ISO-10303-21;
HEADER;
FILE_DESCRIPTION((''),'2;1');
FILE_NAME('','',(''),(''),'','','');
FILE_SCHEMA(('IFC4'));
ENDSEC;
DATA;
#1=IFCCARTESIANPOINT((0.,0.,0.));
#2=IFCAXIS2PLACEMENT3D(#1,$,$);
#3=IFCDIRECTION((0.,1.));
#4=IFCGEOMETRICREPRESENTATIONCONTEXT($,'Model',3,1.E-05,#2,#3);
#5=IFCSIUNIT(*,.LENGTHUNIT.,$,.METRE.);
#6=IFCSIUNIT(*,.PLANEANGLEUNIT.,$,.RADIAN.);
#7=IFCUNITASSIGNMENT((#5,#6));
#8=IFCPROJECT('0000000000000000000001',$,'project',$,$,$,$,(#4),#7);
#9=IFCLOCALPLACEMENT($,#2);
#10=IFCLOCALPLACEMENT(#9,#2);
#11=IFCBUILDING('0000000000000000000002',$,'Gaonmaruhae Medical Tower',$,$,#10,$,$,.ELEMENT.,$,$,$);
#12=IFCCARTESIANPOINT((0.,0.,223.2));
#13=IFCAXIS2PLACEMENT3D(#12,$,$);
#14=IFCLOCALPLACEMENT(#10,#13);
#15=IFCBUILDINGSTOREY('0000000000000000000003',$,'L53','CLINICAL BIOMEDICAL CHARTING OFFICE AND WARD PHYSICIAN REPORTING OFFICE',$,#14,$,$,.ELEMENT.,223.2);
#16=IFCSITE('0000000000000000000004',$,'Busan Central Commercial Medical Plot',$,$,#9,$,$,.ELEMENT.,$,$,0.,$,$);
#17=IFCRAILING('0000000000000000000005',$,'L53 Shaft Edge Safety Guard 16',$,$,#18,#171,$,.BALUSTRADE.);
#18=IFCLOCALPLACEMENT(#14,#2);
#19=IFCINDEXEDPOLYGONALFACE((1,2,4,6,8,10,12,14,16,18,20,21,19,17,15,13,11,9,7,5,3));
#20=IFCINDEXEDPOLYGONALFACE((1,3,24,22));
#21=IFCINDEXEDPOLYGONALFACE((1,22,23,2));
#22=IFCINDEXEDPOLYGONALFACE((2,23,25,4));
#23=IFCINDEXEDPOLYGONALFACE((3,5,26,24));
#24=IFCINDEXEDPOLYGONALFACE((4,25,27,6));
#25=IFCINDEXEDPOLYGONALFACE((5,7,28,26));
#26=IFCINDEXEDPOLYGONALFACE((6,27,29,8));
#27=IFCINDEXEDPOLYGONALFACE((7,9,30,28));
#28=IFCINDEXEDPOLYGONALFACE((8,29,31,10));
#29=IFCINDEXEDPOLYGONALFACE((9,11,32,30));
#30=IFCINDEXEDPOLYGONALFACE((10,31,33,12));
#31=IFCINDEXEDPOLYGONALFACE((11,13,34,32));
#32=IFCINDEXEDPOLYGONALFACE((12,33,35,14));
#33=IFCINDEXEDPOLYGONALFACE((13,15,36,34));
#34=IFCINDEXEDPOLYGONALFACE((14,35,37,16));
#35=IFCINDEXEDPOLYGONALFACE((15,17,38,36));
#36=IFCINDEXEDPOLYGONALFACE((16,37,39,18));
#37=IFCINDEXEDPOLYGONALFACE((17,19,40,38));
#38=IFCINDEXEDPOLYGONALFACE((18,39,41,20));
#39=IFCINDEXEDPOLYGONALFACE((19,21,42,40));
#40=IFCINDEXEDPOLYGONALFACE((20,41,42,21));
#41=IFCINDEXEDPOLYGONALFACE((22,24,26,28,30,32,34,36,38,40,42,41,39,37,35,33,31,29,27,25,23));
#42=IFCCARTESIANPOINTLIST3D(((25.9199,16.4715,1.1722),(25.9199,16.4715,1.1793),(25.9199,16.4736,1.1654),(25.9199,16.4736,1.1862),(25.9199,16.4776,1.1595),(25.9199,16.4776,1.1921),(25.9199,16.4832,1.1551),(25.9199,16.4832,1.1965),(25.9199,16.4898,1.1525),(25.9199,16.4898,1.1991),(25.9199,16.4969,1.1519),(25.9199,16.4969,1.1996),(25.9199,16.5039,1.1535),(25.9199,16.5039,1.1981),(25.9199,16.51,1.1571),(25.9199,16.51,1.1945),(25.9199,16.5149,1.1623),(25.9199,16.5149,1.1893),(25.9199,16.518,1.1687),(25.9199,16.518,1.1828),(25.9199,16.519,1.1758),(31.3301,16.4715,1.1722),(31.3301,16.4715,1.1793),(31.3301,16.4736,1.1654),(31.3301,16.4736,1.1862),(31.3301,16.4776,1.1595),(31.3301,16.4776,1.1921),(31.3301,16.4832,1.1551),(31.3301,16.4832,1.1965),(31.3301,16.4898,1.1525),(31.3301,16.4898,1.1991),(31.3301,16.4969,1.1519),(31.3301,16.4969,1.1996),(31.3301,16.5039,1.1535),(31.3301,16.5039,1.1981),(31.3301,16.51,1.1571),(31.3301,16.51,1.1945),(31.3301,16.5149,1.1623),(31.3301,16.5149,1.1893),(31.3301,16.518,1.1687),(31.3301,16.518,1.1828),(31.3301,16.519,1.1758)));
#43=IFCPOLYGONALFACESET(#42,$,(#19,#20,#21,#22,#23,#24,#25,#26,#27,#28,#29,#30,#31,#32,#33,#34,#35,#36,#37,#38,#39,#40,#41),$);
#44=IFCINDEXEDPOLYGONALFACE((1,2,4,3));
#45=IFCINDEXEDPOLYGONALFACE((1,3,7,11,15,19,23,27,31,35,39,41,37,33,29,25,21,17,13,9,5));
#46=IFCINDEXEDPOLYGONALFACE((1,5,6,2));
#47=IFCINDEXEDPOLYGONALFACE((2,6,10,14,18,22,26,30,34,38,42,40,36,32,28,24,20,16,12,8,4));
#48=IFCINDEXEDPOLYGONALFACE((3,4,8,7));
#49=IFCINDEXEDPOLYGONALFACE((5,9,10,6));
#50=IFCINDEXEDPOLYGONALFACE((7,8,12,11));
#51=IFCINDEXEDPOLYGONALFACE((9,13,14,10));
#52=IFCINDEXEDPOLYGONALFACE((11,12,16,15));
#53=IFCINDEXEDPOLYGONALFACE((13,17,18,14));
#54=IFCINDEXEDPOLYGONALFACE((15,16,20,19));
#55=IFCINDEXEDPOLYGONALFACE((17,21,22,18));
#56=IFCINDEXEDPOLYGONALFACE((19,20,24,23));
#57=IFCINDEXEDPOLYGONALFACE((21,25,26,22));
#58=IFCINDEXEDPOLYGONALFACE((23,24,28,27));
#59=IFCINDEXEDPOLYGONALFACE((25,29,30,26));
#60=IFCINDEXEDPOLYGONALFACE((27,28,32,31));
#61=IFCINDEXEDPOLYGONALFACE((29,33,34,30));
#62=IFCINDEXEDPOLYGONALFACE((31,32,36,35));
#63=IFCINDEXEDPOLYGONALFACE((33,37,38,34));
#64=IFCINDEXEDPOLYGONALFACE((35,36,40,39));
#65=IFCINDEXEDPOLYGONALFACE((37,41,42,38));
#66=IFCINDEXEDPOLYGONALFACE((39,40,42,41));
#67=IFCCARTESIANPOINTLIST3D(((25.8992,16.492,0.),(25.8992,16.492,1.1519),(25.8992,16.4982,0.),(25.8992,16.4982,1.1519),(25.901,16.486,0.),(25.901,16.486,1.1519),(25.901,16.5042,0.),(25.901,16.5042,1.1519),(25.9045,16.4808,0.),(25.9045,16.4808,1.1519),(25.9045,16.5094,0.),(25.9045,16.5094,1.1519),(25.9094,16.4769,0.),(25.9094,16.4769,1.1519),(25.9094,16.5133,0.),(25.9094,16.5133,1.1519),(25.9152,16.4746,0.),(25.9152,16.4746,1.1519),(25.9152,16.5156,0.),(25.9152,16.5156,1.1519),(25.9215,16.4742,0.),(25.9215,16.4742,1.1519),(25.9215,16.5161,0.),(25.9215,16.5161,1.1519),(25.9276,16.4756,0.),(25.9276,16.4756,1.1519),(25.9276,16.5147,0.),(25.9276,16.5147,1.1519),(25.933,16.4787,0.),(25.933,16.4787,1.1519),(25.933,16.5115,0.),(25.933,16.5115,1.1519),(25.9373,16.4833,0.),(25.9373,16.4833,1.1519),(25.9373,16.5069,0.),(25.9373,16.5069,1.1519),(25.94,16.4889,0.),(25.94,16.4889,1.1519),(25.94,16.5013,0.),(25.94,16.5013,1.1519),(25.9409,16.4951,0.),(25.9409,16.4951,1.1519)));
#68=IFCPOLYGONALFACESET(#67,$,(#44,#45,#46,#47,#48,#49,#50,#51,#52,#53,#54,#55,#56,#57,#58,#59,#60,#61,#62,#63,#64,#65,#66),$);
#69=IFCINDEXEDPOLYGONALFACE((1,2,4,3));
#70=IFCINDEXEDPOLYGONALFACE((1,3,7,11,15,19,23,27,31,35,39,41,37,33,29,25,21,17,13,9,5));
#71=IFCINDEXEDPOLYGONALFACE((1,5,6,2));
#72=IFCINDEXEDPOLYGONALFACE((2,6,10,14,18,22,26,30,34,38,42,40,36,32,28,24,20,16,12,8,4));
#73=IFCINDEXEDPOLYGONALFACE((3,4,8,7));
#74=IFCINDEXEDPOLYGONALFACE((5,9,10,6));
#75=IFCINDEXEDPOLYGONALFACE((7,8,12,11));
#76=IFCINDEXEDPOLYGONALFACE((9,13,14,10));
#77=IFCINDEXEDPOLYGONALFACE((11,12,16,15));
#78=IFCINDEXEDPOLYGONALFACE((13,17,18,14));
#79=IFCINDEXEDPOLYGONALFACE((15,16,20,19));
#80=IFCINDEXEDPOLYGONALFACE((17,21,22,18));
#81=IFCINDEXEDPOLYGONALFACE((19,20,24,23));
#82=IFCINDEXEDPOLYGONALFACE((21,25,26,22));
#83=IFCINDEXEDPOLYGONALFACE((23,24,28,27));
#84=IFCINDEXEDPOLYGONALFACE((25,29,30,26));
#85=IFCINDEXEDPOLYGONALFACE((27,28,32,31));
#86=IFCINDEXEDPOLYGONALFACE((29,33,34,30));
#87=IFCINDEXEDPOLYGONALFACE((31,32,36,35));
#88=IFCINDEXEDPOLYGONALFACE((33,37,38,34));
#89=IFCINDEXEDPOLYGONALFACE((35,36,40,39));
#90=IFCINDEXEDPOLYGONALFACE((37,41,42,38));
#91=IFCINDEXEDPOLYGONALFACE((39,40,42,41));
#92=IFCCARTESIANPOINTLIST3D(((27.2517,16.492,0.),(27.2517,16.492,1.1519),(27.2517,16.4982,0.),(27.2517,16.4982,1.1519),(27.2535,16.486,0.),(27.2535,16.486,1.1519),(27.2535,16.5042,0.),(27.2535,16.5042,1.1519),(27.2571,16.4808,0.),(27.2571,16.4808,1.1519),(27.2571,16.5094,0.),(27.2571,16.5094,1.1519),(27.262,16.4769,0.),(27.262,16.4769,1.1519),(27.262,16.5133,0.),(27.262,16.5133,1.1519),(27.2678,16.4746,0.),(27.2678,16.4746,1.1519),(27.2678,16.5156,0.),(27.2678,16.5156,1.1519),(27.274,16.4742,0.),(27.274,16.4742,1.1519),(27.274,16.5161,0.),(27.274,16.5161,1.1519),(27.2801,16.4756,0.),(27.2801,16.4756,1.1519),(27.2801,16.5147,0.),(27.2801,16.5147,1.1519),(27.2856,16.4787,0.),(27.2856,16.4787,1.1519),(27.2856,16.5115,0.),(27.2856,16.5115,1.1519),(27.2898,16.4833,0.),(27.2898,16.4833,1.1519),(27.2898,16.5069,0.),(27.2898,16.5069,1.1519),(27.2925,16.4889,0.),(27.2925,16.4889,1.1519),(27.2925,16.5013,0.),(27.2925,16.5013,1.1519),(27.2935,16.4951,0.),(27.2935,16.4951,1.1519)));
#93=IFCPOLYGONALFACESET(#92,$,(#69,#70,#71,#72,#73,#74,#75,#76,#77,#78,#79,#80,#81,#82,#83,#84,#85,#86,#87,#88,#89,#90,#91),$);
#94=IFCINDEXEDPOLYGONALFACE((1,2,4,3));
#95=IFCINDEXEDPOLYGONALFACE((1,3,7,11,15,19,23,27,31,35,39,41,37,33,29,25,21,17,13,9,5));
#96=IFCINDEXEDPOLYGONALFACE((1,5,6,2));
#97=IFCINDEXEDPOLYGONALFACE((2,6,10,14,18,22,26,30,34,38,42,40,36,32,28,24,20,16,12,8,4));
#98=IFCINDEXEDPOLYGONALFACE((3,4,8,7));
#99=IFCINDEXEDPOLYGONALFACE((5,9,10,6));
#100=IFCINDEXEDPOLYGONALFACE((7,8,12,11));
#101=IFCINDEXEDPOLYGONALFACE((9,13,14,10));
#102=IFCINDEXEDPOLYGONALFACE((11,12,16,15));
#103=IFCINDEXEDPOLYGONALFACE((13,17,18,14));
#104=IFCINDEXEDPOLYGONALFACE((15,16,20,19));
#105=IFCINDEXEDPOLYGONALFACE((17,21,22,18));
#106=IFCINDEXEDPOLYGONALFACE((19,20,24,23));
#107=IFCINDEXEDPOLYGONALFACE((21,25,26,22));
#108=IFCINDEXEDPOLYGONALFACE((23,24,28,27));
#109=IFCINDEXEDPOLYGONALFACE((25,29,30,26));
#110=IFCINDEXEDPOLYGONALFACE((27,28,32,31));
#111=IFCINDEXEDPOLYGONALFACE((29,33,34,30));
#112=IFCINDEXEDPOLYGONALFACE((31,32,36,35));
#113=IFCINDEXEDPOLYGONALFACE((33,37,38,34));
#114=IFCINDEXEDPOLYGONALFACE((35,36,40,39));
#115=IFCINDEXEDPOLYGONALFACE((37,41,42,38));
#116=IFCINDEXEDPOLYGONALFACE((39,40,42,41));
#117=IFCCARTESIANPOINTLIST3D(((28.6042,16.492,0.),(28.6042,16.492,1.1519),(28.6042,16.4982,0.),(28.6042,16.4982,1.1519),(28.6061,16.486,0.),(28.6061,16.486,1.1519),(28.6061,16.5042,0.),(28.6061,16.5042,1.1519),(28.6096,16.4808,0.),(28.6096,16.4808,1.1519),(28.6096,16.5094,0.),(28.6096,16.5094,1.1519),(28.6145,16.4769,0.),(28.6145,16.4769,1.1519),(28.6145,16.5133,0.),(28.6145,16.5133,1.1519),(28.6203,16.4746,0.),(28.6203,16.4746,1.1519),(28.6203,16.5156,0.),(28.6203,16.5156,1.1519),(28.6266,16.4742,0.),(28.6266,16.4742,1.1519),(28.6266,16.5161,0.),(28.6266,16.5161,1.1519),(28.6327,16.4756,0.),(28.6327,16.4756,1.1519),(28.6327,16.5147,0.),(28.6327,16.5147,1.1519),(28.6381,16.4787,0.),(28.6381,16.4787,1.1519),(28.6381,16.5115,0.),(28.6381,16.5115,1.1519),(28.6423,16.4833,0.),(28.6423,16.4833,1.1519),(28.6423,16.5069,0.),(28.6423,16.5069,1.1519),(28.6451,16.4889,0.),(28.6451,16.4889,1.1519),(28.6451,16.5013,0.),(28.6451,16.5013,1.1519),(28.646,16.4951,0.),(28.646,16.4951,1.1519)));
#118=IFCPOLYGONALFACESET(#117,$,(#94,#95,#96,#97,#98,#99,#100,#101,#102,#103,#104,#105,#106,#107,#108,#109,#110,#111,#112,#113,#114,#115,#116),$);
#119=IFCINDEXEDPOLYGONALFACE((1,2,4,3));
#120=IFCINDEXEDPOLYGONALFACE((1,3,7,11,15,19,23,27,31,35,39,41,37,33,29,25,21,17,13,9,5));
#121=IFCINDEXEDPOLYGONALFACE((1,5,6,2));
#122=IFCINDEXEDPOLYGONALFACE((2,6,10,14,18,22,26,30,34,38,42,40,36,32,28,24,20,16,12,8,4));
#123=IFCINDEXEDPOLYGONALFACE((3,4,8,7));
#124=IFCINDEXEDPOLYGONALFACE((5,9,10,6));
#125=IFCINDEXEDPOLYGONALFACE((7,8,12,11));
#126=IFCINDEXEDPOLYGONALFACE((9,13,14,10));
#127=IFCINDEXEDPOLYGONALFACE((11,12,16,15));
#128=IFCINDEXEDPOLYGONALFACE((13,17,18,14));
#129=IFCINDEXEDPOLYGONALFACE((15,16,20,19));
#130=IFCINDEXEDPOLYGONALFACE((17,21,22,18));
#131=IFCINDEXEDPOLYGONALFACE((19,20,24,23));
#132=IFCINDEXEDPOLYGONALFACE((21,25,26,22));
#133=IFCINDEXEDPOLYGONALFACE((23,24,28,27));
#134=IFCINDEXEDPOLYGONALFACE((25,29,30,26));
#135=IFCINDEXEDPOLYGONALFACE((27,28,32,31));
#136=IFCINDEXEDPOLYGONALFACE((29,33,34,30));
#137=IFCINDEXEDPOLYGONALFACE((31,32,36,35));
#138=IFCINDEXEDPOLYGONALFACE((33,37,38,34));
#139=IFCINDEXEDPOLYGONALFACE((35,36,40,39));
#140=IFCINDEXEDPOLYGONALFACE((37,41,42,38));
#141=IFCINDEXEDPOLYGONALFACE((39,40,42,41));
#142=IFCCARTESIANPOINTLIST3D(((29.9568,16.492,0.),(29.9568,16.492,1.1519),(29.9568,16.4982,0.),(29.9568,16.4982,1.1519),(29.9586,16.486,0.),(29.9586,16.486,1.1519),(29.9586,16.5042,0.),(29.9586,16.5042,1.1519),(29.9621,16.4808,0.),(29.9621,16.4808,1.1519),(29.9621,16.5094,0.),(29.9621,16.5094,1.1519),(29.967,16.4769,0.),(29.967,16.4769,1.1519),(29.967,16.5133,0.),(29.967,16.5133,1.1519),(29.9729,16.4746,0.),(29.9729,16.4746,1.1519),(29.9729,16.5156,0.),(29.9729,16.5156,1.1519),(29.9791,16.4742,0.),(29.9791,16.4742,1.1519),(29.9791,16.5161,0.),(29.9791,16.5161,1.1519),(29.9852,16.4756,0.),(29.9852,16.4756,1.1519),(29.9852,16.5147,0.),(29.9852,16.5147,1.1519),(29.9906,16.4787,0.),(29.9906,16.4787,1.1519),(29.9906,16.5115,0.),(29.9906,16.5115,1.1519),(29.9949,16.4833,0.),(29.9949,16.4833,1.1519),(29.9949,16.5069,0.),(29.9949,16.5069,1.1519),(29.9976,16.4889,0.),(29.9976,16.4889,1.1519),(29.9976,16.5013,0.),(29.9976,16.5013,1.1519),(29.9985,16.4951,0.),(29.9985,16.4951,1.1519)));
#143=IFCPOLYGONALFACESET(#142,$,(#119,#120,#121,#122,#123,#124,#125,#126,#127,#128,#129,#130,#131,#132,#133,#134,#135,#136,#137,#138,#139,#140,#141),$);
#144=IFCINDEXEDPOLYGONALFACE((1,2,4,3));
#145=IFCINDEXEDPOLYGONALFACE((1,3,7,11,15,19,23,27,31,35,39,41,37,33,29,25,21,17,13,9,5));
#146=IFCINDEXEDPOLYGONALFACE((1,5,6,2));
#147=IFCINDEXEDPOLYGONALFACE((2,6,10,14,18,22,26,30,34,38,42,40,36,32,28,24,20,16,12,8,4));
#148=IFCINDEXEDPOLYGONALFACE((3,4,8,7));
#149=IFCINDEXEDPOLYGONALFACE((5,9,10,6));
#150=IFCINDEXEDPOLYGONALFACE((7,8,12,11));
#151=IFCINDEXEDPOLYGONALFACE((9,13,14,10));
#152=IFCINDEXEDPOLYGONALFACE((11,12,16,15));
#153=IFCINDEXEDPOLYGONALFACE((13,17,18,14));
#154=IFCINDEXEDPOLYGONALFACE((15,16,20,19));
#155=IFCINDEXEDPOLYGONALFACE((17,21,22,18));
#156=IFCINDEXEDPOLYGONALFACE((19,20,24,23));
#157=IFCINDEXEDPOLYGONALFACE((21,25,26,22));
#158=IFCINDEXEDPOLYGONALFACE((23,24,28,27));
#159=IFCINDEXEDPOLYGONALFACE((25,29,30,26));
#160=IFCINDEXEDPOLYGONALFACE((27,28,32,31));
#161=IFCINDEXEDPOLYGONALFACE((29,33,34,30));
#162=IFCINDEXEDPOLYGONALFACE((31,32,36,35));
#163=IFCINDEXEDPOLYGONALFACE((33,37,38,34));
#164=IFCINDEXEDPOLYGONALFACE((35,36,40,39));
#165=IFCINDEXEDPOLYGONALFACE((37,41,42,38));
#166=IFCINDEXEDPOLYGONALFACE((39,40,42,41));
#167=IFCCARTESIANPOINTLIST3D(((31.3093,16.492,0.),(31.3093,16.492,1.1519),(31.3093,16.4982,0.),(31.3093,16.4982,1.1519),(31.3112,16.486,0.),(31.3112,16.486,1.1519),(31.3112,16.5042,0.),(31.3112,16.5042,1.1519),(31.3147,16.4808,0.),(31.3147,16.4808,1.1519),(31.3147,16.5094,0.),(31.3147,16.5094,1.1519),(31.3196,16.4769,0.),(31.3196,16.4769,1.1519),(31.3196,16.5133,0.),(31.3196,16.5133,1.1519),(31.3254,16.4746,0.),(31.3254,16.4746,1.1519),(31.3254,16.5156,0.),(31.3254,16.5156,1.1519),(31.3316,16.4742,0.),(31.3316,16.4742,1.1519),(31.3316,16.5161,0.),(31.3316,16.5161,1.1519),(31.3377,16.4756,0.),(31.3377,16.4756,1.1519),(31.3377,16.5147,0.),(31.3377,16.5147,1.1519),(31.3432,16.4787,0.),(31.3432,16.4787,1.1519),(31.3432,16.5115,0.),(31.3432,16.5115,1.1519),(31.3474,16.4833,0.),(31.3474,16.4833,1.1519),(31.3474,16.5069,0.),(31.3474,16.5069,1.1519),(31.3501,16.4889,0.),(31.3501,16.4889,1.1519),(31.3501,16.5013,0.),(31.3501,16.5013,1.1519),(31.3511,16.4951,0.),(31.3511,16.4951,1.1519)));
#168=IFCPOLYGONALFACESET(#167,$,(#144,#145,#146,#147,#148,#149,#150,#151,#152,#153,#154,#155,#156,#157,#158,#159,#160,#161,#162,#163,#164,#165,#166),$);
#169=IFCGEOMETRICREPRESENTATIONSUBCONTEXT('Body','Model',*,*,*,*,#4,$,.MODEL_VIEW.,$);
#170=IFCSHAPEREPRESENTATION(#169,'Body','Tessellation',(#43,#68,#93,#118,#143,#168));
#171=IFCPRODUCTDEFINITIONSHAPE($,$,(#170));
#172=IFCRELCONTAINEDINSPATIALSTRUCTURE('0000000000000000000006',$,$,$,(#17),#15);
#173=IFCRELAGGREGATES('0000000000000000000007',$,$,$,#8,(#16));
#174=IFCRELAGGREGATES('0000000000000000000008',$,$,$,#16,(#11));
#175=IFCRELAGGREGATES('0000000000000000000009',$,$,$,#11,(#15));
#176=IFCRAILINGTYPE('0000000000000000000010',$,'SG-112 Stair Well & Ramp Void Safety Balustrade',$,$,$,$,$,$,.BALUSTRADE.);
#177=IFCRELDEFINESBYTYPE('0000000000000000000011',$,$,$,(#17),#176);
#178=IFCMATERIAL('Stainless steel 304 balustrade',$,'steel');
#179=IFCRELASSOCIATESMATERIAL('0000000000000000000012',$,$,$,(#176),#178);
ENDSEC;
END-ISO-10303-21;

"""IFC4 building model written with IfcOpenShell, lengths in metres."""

from ifc_helpers import new_model, si_unit, direction, frame, origin, origin_2d, place, context, subcontext, project, spatial, circle, extrude, material, type_object, element, save


model = new_model("IFC4")

# Units and contexts
model_context = context("Model", 3, precision=1e-05, world=origin(), true_north=direction((0.0, 1.0)))
body_context = subcontext(model_context, "Body", "Model", "MODEL_VIEW")
ifc_project = project(units=[si_unit("LENGTHUNIT", "METRE"), si_unit("PLANEANGLEUNIT", "RADIAN")], contexts=[model_context])

# Site, building, storey
site_placement = place(None, origin())
site = spatial("IfcSite", under=ifc_project, at=site_placement, Name="Busan Central Commercial Medical Plot", CompositionType="ELEMENT", RefElevation=0.0)
building_placement = place(site_placement, origin())
building = spatial("IfcBuilding", under=site, at=building_placement, Name="Gaonmaruhae Medical Tower", CompositionType="ELEMENT")
storey_placement = place(building_placement, frame((0.0, 0.0, 223.2)))
storey = spatial("IfcBuildingStorey", under=building, at=storey_placement, Name="L53", Description="CLINICAL BIOMEDICAL CHARTING OFFICE AND WARD PHYSICIAN REPORTING OFFICE", CompositionType="ELEMENT", Elevation=223.2)

# Railing
ifc_material_1 = material(Name="Stainless steel 304 balustrade", Category="steel")
railing_type_1 = type_object("IfcRailingType", Name="SG-112 Stair Well & Ramp Void Safety Balustrade", PredefinedType="BALUSTRADE", material=ifc_material_1)
railing_1_placement = place(storey_placement, frame((25.9199, 16.4951, 0.0)))
element("IfcRailing", 1, at=railing_1_placement, inside=storey, type_object=railing_type_1, Name="L53 Shaft Edge Safety Guard 16", PredefinedType="BALUSTRADE", context=body_context, shape_type="SweptSolid", body=[
    extrude(circle(Radius=0.0239, at=origin_2d()), frame((0.0, 0.0, 1.1758), z_axis=(1.0, 0.0, 0.0), x_axis=(0.0, 1.0, 0.0)), (0.0, 0.0, 1.0), 5.4102),
    extrude(circle(Radius=0.021, at=origin_2d()), origin(), (0.0, 0.0, 1.0), 1.1519),
    extrude(circle(Radius=0.021, at=origin_2d()), frame((1.3525, 0.0, 0.0)), (0.0, 0.0, 1.0), 1.1519),
    extrude(circle(Radius=0.021, at=origin_2d()), frame((2.7051, 0.0, 0.0)), (0.0, 0.0, 1.0), 1.1519),
    extrude(circle(Radius=0.021, at=origin_2d()), frame((4.0576, 0.0, 0.0)), (0.0, 0.0, 1.0), 1.1519),
    extrude(circle(Radius=0.021, at=origin_2d()), frame((5.4102, 0.0, 0.0)), (0.0, 0.0, 1.0), 1.1519),
])

save(model, "model.ifc")
